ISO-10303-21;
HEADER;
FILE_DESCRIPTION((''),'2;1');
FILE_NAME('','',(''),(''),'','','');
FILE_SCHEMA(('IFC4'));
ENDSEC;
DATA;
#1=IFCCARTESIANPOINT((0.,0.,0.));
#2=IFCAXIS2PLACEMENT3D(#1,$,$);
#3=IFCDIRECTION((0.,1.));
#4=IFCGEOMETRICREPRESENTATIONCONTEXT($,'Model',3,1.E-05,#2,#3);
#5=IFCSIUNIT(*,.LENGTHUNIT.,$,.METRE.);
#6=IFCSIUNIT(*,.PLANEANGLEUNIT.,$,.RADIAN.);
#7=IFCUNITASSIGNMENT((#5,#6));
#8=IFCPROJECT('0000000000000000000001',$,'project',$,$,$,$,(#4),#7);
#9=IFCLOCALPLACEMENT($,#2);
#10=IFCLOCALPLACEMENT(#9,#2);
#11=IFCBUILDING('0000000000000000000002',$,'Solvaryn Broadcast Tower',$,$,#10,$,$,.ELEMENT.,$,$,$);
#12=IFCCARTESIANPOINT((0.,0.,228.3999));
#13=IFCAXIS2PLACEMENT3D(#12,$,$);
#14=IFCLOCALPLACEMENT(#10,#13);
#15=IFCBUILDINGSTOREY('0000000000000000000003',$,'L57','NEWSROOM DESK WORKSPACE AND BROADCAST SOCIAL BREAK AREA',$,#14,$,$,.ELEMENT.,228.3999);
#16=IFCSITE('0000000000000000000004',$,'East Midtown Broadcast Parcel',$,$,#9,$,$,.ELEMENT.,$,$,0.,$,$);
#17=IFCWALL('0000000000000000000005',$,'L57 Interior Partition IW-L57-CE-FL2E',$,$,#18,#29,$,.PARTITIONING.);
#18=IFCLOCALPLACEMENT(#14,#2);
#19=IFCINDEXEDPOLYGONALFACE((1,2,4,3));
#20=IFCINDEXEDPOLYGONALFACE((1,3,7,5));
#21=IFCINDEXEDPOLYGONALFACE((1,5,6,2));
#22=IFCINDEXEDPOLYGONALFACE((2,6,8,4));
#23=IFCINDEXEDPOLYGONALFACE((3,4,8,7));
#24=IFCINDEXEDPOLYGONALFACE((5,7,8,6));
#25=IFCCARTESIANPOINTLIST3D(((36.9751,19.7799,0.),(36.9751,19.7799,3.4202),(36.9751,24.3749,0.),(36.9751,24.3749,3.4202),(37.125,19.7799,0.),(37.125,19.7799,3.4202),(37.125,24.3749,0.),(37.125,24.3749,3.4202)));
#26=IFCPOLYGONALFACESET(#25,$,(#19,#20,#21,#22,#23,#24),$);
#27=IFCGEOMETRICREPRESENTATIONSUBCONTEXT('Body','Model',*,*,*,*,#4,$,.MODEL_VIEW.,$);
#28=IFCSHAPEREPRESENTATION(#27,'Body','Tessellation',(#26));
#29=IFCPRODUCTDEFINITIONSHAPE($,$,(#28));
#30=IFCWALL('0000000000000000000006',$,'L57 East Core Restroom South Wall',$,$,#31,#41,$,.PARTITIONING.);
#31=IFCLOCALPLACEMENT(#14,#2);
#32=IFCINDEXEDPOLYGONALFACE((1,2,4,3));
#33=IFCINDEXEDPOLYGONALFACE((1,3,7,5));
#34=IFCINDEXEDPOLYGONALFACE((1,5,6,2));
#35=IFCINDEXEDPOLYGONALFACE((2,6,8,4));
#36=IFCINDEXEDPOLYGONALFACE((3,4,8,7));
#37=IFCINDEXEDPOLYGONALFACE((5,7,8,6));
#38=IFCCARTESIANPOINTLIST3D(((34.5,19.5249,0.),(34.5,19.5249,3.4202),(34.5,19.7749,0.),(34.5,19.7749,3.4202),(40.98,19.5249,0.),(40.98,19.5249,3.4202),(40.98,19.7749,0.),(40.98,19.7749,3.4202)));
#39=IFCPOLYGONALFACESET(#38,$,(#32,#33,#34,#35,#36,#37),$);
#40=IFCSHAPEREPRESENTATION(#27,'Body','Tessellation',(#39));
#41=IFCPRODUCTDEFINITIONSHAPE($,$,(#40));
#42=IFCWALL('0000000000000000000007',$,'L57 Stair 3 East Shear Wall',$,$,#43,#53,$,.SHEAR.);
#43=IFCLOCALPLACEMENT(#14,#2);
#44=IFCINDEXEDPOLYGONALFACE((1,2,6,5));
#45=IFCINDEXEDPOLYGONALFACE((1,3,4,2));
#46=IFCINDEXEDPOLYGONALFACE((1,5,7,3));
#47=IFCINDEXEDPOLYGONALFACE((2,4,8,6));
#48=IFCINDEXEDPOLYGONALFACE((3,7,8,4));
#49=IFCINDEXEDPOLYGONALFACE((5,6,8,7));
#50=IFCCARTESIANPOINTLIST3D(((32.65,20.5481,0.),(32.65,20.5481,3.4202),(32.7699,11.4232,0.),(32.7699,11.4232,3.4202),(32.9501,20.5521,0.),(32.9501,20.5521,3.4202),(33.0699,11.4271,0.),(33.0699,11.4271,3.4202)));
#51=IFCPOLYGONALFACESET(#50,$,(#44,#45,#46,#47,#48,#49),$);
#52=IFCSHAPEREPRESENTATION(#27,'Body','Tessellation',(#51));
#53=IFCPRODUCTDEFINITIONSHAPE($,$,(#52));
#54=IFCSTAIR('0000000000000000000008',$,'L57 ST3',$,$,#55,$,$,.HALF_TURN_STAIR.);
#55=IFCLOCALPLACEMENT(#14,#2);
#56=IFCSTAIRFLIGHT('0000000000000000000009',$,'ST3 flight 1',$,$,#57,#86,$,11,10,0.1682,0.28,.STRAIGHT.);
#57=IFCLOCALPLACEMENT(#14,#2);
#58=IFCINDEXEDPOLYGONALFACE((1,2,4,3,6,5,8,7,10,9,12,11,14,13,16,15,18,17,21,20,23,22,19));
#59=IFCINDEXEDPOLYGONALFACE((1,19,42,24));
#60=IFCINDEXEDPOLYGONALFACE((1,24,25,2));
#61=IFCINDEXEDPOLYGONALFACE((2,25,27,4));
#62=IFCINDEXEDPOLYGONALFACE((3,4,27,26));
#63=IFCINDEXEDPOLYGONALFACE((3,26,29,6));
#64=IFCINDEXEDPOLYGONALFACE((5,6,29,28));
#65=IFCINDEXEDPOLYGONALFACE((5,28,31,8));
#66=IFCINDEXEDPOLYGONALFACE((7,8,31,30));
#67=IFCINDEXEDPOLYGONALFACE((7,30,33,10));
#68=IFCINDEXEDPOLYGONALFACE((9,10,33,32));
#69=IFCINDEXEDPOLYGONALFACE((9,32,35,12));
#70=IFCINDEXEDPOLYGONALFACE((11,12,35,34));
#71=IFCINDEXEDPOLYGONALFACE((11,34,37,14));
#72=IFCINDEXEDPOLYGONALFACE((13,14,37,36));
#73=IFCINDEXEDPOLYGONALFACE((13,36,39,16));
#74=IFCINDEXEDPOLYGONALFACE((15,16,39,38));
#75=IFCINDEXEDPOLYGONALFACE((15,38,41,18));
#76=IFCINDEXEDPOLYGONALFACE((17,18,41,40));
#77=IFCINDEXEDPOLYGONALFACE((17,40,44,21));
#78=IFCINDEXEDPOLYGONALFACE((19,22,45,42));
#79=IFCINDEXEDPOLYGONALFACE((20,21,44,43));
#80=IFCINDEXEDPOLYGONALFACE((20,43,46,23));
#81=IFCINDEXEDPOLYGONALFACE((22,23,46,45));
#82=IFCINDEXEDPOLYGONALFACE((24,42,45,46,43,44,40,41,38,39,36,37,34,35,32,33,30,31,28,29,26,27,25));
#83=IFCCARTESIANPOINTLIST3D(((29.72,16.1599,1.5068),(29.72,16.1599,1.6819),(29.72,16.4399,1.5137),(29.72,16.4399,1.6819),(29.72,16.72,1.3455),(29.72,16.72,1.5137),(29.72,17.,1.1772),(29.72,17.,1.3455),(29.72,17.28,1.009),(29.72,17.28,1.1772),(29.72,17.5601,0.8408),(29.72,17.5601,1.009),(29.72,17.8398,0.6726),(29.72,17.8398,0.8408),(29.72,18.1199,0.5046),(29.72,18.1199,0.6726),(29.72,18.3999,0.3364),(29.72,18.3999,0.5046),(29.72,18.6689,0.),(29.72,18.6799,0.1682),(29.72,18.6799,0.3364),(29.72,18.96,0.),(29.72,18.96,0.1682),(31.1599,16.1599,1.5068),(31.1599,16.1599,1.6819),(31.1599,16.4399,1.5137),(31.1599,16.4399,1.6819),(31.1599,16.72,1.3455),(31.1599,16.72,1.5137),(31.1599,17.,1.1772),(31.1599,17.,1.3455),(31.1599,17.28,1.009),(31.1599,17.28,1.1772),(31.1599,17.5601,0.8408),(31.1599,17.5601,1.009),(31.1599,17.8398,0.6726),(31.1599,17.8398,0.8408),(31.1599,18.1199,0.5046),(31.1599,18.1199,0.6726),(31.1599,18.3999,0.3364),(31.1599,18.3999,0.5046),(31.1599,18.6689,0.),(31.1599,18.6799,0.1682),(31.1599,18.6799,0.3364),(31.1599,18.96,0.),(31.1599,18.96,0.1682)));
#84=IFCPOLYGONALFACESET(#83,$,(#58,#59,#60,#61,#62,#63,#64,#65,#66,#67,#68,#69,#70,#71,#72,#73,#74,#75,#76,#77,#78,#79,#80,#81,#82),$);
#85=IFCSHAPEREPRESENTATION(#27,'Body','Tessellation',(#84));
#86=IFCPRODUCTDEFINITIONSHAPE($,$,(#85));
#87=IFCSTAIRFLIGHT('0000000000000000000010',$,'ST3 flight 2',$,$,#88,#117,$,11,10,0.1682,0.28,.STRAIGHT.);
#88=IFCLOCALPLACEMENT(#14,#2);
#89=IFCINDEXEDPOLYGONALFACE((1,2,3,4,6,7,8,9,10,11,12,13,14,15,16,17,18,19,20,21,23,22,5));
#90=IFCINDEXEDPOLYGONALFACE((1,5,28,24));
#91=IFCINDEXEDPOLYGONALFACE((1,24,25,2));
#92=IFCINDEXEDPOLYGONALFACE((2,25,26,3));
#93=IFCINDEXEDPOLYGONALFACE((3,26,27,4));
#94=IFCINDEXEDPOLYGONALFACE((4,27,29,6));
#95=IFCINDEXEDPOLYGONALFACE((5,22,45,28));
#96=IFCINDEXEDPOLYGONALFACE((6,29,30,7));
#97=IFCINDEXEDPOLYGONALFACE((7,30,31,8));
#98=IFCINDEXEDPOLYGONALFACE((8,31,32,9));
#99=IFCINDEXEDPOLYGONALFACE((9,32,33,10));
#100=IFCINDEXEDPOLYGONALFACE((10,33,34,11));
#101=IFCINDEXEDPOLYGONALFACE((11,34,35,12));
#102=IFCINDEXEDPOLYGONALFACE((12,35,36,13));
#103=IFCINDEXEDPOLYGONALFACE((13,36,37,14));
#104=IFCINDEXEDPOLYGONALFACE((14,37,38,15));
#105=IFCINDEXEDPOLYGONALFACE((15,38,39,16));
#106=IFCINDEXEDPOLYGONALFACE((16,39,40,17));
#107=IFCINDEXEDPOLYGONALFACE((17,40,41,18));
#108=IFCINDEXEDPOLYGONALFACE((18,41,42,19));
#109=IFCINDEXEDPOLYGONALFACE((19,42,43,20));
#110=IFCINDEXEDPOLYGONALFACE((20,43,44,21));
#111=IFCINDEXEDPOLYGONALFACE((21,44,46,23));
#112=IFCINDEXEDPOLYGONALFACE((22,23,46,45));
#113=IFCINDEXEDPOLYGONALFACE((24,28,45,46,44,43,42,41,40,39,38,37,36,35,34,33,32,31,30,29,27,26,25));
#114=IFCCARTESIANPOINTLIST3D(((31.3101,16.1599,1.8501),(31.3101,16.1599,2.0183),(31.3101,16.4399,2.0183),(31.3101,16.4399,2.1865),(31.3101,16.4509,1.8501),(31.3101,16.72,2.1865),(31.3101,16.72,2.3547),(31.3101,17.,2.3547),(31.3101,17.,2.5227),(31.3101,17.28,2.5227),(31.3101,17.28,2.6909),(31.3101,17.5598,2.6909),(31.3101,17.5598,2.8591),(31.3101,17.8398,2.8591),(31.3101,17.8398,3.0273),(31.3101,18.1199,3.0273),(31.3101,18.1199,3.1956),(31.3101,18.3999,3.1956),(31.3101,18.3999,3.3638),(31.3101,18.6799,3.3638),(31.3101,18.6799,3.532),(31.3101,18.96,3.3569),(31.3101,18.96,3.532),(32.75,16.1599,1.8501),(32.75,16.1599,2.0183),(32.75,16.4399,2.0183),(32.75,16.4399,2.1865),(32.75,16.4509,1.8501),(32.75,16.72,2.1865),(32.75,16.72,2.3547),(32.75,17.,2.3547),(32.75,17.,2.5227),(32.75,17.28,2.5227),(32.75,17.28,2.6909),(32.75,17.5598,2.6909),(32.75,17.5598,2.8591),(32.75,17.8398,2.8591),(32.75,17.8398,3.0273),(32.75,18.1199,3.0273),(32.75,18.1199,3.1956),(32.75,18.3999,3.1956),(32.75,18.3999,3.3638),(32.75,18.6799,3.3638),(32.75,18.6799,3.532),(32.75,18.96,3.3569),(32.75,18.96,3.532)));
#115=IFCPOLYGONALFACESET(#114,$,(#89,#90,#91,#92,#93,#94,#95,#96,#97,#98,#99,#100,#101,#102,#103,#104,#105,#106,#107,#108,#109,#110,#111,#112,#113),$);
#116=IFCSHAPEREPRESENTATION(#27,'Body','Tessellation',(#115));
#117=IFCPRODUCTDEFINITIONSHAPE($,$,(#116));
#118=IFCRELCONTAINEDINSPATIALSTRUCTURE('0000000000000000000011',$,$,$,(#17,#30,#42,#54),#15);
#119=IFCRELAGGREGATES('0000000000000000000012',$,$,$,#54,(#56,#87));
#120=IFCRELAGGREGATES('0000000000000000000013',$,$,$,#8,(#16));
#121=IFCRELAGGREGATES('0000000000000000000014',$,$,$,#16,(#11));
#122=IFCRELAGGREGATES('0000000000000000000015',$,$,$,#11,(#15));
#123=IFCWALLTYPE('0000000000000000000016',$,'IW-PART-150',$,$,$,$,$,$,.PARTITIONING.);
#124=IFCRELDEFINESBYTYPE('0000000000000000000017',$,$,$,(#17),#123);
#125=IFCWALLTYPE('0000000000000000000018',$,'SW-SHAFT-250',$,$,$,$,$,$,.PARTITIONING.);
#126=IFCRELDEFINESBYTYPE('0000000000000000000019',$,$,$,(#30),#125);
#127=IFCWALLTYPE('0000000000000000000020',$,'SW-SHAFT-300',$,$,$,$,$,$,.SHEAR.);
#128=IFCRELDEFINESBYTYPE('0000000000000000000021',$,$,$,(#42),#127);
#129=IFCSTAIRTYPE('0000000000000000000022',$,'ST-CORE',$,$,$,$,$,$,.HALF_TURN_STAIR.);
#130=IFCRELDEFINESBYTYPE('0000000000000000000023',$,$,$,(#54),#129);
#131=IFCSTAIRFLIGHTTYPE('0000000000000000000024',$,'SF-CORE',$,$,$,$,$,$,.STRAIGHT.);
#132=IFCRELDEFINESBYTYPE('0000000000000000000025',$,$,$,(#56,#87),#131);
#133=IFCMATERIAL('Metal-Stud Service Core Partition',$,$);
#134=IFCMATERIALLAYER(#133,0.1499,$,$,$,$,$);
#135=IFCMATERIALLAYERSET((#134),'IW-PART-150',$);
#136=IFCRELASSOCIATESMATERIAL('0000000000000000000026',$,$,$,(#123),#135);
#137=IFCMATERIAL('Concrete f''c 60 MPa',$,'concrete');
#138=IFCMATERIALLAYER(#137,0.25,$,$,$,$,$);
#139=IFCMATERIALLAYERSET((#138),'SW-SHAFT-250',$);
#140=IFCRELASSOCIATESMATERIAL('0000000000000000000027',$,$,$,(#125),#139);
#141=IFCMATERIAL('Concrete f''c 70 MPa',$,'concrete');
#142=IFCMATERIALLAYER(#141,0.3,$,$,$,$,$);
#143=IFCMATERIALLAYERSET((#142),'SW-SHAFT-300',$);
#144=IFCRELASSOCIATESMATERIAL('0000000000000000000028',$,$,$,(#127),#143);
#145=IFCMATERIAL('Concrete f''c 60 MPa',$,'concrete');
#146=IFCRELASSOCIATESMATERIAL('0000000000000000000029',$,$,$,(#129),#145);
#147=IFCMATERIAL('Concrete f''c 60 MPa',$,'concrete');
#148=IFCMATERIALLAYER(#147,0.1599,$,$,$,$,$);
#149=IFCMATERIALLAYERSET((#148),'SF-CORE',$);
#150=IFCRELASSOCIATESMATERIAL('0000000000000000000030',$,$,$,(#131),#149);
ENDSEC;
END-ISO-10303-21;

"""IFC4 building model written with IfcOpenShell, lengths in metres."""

from ifc_helpers import new_model, si_unit, direction, frame, frame_2d, origin, place, context, subcontext, project, spatial, polyline, rectangle, outline, extrude, material, layer, layer_set, type_object, element, aggregate, save


model = new_model("IFC4")

# Units and contexts
model_context = context("Model", 3, precision=1e-05, world=origin(), true_north=direction((0.0, 1.0)))
body_context = subcontext(model_context, "Body", "Model", "MODEL_VIEW")
ifc_project = project(units=[si_unit("LENGTHUNIT", "METRE"), si_unit("PLANEANGLEUNIT", "RADIAN")], contexts=[model_context])

# Site, building, storey
site_placement = place(None, origin())
site = spatial("IfcSite", under=ifc_project, at=site_placement, Name="East Midtown Broadcast Parcel", CompositionType="ELEMENT", RefElevation=0.0)
building_placement = place(site_placement, origin())
building = spatial("IfcBuilding", under=site, at=building_placement, Name="Solvaryn Broadcast Tower", CompositionType="ELEMENT")
storey_placement = place(building_placement, frame((0.0, 0.0, 228.3999)))
storey = spatial("IfcBuildingStorey", under=building, at=storey_placement, Name="L57", Description="NEWSROOM DESK WORKSPACE AND BROADCAST SOCIAL BREAK AREA", CompositionType="ELEMENT", Elevation=228.3999)

# Walls
ifc_material_1 = material(Name="Metal-Stud Service Core Partition")
ifc_layer_1 = layer(ifc_material_1, 0.1499)
ifc_layer_set_1 = layer_set([ifc_layer_1], Name="IW-PART-150")
wall_type_1 = type_object("IfcWallType", Name="IW-PART-150", PredefinedType="PARTITIONING", material=ifc_layer_set_1)
wall_1_placement = place(storey_placement, frame((37.05, 19.78, 0.0), z_axis=(0.0, 0.0, 1.0), x_axis=(0.0, 1.0, 0.0)))
element("IfcWall", 1, at=wall_1_placement, inside=storey, type_object=wall_type_1, Name="L57 Interior Partition IW-L57-CE-FL2E", PredefinedType="PARTITIONING", context=body_context, shape_type="SweptSolid", body=[
    extrude(rectangle(XDim=4.595, YDim=0.1499, at=frame_2d((2.2974, 0.0))), origin(), (0.0, 0.0, 1.0), 3.4202),
])
ifc_material_2 = material(Name="Concrete f'c 60 MPa", Category="concrete")
ifc_layer_2 = layer(ifc_material_2, 0.25)
ifc_layer_set_2 = layer_set([ifc_layer_2], Name="SW-SHAFT-250")
wall_type_2 = type_object("IfcWallType", Name="SW-SHAFT-250", PredefinedType="PARTITIONING", material=ifc_layer_set_2)
wall_2_placement = place(storey_placement, frame((34.5, 19.6499, 0.0), z_axis=(0.0, 0.0, 1.0), x_axis=(1.0, 0.0, 0.0)))
element("IfcWall", 2, at=wall_2_placement, inside=storey, type_object=wall_type_2, Name="L57 East Core Restroom South Wall", PredefinedType="PARTITIONING", context=body_context, shape_type="SweptSolid", body=[
    extrude(rectangle(XDim=6.48, YDim=0.25, at=frame_2d((3.24, 0.0))), origin(), (0.0, 0.0, 1.0), 3.4202),
])
ifc_material_3 = material(Name="Concrete f'c 70 MPa", Category="concrete")
ifc_layer_3 = layer(ifc_material_3, 0.3)
ifc_layer_set_3 = layer_set([ifc_layer_3], Name="SW-SHAFT-300")
wall_type_3 = type_object("IfcWallType", Name="SW-SHAFT-300", PredefinedType="SHEAR", material=ifc_layer_set_3)
wall_3_placement = place(storey_placement, frame((32.9199, 11.425, 0.0), z_axis=(0.0, 0.0, 1.0), x_axis=(-0.013136, 0.999914, 0.0)))
element("IfcWall", 3, at=wall_3_placement, inside=storey, type_object=wall_type_3, Name="L57 Stair 3 East Shear Wall", PredefinedType="SHEAR", context=body_context, shape_type="SweptSolid", body=[
    extrude(rectangle(XDim=9.1257, YDim=0.3, at=frame_2d((4.563, 0.0))), origin(), (0.0, 0.0, 1.0), 3.4202),
])

# Stair, stair flights
ifc_material_4 = material(Name="Concrete f'c 60 MPa", Category="concrete")
stair_type = type_object("IfcStairType", Name="ST-CORE", PredefinedType="HALF_TURN_STAIR", material=ifc_material_4)
stair_placement = place(storey_placement, origin())
stair = element("IfcStair", 4, at=stair_placement, inside=storey, type_object=stair_type, Name="L57 ST3", PredefinedType="HALF_TURN_STAIR")
ifc_material_5 = material(Name="Concrete f'c 60 MPa", Category="concrete")
ifc_layer_4 = layer(ifc_material_5, 0.1599)
ifc_layer_set_4 = layer_set([ifc_layer_4], Name="SF-CORE")
stair_flight_type = type_object("IfcStairFlightType", Name="SF-CORE", PredefinedType="STRAIGHT", material=ifc_layer_set_4)
stair_flight_1_placement = place(storey_placement, frame((30.4399, 18.96, 0.0), z_axis=(0.0, 0.0, 1.0), x_axis=(0.0, -1.0, 0.0)))
stair_flight_1 = element("IfcStairFlight", 5, at=stair_flight_1_placement, type_object=stair_flight_type, Name="ST3 flight 1", NumberOfRisers=11, NumberOfTreads=10, PredefinedType="STRAIGHT", RiserHeight=0.1682, TreadLength=0.28, context=body_context, shape_type="SweptSolid", body=[
    extrude(outline(polyline([(0.0, 0.0), (0.0, 0.1682), (0.28, 0.1682), (0.28, 0.3364), (0.5601, 0.3364), (0.5601, 0.5046), (0.8401, 0.5046), (0.8401, 0.6726), (1.1201, 0.6726), (1.1201, 0.8408), (1.3999, 0.8408), (1.3999, 1.009), (1.6799, 1.009), (1.6799, 1.1772), (1.96, 1.1772), (1.96, 1.3455), (2.24, 1.3455), (2.24, 1.5137), (2.52, 1.5137), (2.52, 1.6819), (2.8, 1.6819), (2.8, 1.8501), (2.8, 1.5068), (0.291, 0.0), (0.0, 0.0)])), frame((0.0, 0.72, 0.0), z_axis=(0.0, -1.0, 0.0), x_axis=(1.0, 0.0, 0.0)), (0.0, 0.0, 1.0), 1.4399),
])
stair_flight_2_placement = place(storey_placement, frame((32.03, 16.1599, 1.8501), z_axis=(0.0, 0.0, 1.0), x_axis=(0.0, 1.0, 0.0)))
stair_flight_2 = element("IfcStairFlight", 6, at=stair_flight_2_placement, type_object=stair_flight_type, Name="ST3 flight 2", NumberOfRisers=11, NumberOfTreads=10, PredefinedType="STRAIGHT", RiserHeight=0.1682, TreadLength=0.28, context=body_context, shape_type="SweptSolid", body=[
    extrude(outline(polyline([(0.0, 0.0), (0.0, 0.1682), (0.28, 0.1682), (0.28, 0.3364), (0.5601, 0.3364), (0.5601, 0.5046), (0.8401, 0.5046), (0.8401, 0.6726), (1.1201, 0.6726), (1.1201, 0.8408), (1.3999, 0.8408), (1.3999, 1.009), (1.6799, 1.009), (1.6799, 1.1772), (1.96, 1.1772), (1.96, 1.3455), (2.24, 1.3455), (2.24, 1.5137), (2.52, 1.5137), (2.52, 1.6819), (2.8, 1.6819), (2.8, 1.8501), (2.8, 1.5068), (0.291, 0.0), (0.0, 0.0)])), frame((0.0, 0.72, 0.0), z_axis=(0.0, -1.0, 0.0), x_axis=(1.0, 0.0, 0.0)), (0.0, 0.0, 1.0), 1.4399),
])
aggregate(stair, [stair_flight_1, stair_flight_2])

save(model, "model.ifc")
